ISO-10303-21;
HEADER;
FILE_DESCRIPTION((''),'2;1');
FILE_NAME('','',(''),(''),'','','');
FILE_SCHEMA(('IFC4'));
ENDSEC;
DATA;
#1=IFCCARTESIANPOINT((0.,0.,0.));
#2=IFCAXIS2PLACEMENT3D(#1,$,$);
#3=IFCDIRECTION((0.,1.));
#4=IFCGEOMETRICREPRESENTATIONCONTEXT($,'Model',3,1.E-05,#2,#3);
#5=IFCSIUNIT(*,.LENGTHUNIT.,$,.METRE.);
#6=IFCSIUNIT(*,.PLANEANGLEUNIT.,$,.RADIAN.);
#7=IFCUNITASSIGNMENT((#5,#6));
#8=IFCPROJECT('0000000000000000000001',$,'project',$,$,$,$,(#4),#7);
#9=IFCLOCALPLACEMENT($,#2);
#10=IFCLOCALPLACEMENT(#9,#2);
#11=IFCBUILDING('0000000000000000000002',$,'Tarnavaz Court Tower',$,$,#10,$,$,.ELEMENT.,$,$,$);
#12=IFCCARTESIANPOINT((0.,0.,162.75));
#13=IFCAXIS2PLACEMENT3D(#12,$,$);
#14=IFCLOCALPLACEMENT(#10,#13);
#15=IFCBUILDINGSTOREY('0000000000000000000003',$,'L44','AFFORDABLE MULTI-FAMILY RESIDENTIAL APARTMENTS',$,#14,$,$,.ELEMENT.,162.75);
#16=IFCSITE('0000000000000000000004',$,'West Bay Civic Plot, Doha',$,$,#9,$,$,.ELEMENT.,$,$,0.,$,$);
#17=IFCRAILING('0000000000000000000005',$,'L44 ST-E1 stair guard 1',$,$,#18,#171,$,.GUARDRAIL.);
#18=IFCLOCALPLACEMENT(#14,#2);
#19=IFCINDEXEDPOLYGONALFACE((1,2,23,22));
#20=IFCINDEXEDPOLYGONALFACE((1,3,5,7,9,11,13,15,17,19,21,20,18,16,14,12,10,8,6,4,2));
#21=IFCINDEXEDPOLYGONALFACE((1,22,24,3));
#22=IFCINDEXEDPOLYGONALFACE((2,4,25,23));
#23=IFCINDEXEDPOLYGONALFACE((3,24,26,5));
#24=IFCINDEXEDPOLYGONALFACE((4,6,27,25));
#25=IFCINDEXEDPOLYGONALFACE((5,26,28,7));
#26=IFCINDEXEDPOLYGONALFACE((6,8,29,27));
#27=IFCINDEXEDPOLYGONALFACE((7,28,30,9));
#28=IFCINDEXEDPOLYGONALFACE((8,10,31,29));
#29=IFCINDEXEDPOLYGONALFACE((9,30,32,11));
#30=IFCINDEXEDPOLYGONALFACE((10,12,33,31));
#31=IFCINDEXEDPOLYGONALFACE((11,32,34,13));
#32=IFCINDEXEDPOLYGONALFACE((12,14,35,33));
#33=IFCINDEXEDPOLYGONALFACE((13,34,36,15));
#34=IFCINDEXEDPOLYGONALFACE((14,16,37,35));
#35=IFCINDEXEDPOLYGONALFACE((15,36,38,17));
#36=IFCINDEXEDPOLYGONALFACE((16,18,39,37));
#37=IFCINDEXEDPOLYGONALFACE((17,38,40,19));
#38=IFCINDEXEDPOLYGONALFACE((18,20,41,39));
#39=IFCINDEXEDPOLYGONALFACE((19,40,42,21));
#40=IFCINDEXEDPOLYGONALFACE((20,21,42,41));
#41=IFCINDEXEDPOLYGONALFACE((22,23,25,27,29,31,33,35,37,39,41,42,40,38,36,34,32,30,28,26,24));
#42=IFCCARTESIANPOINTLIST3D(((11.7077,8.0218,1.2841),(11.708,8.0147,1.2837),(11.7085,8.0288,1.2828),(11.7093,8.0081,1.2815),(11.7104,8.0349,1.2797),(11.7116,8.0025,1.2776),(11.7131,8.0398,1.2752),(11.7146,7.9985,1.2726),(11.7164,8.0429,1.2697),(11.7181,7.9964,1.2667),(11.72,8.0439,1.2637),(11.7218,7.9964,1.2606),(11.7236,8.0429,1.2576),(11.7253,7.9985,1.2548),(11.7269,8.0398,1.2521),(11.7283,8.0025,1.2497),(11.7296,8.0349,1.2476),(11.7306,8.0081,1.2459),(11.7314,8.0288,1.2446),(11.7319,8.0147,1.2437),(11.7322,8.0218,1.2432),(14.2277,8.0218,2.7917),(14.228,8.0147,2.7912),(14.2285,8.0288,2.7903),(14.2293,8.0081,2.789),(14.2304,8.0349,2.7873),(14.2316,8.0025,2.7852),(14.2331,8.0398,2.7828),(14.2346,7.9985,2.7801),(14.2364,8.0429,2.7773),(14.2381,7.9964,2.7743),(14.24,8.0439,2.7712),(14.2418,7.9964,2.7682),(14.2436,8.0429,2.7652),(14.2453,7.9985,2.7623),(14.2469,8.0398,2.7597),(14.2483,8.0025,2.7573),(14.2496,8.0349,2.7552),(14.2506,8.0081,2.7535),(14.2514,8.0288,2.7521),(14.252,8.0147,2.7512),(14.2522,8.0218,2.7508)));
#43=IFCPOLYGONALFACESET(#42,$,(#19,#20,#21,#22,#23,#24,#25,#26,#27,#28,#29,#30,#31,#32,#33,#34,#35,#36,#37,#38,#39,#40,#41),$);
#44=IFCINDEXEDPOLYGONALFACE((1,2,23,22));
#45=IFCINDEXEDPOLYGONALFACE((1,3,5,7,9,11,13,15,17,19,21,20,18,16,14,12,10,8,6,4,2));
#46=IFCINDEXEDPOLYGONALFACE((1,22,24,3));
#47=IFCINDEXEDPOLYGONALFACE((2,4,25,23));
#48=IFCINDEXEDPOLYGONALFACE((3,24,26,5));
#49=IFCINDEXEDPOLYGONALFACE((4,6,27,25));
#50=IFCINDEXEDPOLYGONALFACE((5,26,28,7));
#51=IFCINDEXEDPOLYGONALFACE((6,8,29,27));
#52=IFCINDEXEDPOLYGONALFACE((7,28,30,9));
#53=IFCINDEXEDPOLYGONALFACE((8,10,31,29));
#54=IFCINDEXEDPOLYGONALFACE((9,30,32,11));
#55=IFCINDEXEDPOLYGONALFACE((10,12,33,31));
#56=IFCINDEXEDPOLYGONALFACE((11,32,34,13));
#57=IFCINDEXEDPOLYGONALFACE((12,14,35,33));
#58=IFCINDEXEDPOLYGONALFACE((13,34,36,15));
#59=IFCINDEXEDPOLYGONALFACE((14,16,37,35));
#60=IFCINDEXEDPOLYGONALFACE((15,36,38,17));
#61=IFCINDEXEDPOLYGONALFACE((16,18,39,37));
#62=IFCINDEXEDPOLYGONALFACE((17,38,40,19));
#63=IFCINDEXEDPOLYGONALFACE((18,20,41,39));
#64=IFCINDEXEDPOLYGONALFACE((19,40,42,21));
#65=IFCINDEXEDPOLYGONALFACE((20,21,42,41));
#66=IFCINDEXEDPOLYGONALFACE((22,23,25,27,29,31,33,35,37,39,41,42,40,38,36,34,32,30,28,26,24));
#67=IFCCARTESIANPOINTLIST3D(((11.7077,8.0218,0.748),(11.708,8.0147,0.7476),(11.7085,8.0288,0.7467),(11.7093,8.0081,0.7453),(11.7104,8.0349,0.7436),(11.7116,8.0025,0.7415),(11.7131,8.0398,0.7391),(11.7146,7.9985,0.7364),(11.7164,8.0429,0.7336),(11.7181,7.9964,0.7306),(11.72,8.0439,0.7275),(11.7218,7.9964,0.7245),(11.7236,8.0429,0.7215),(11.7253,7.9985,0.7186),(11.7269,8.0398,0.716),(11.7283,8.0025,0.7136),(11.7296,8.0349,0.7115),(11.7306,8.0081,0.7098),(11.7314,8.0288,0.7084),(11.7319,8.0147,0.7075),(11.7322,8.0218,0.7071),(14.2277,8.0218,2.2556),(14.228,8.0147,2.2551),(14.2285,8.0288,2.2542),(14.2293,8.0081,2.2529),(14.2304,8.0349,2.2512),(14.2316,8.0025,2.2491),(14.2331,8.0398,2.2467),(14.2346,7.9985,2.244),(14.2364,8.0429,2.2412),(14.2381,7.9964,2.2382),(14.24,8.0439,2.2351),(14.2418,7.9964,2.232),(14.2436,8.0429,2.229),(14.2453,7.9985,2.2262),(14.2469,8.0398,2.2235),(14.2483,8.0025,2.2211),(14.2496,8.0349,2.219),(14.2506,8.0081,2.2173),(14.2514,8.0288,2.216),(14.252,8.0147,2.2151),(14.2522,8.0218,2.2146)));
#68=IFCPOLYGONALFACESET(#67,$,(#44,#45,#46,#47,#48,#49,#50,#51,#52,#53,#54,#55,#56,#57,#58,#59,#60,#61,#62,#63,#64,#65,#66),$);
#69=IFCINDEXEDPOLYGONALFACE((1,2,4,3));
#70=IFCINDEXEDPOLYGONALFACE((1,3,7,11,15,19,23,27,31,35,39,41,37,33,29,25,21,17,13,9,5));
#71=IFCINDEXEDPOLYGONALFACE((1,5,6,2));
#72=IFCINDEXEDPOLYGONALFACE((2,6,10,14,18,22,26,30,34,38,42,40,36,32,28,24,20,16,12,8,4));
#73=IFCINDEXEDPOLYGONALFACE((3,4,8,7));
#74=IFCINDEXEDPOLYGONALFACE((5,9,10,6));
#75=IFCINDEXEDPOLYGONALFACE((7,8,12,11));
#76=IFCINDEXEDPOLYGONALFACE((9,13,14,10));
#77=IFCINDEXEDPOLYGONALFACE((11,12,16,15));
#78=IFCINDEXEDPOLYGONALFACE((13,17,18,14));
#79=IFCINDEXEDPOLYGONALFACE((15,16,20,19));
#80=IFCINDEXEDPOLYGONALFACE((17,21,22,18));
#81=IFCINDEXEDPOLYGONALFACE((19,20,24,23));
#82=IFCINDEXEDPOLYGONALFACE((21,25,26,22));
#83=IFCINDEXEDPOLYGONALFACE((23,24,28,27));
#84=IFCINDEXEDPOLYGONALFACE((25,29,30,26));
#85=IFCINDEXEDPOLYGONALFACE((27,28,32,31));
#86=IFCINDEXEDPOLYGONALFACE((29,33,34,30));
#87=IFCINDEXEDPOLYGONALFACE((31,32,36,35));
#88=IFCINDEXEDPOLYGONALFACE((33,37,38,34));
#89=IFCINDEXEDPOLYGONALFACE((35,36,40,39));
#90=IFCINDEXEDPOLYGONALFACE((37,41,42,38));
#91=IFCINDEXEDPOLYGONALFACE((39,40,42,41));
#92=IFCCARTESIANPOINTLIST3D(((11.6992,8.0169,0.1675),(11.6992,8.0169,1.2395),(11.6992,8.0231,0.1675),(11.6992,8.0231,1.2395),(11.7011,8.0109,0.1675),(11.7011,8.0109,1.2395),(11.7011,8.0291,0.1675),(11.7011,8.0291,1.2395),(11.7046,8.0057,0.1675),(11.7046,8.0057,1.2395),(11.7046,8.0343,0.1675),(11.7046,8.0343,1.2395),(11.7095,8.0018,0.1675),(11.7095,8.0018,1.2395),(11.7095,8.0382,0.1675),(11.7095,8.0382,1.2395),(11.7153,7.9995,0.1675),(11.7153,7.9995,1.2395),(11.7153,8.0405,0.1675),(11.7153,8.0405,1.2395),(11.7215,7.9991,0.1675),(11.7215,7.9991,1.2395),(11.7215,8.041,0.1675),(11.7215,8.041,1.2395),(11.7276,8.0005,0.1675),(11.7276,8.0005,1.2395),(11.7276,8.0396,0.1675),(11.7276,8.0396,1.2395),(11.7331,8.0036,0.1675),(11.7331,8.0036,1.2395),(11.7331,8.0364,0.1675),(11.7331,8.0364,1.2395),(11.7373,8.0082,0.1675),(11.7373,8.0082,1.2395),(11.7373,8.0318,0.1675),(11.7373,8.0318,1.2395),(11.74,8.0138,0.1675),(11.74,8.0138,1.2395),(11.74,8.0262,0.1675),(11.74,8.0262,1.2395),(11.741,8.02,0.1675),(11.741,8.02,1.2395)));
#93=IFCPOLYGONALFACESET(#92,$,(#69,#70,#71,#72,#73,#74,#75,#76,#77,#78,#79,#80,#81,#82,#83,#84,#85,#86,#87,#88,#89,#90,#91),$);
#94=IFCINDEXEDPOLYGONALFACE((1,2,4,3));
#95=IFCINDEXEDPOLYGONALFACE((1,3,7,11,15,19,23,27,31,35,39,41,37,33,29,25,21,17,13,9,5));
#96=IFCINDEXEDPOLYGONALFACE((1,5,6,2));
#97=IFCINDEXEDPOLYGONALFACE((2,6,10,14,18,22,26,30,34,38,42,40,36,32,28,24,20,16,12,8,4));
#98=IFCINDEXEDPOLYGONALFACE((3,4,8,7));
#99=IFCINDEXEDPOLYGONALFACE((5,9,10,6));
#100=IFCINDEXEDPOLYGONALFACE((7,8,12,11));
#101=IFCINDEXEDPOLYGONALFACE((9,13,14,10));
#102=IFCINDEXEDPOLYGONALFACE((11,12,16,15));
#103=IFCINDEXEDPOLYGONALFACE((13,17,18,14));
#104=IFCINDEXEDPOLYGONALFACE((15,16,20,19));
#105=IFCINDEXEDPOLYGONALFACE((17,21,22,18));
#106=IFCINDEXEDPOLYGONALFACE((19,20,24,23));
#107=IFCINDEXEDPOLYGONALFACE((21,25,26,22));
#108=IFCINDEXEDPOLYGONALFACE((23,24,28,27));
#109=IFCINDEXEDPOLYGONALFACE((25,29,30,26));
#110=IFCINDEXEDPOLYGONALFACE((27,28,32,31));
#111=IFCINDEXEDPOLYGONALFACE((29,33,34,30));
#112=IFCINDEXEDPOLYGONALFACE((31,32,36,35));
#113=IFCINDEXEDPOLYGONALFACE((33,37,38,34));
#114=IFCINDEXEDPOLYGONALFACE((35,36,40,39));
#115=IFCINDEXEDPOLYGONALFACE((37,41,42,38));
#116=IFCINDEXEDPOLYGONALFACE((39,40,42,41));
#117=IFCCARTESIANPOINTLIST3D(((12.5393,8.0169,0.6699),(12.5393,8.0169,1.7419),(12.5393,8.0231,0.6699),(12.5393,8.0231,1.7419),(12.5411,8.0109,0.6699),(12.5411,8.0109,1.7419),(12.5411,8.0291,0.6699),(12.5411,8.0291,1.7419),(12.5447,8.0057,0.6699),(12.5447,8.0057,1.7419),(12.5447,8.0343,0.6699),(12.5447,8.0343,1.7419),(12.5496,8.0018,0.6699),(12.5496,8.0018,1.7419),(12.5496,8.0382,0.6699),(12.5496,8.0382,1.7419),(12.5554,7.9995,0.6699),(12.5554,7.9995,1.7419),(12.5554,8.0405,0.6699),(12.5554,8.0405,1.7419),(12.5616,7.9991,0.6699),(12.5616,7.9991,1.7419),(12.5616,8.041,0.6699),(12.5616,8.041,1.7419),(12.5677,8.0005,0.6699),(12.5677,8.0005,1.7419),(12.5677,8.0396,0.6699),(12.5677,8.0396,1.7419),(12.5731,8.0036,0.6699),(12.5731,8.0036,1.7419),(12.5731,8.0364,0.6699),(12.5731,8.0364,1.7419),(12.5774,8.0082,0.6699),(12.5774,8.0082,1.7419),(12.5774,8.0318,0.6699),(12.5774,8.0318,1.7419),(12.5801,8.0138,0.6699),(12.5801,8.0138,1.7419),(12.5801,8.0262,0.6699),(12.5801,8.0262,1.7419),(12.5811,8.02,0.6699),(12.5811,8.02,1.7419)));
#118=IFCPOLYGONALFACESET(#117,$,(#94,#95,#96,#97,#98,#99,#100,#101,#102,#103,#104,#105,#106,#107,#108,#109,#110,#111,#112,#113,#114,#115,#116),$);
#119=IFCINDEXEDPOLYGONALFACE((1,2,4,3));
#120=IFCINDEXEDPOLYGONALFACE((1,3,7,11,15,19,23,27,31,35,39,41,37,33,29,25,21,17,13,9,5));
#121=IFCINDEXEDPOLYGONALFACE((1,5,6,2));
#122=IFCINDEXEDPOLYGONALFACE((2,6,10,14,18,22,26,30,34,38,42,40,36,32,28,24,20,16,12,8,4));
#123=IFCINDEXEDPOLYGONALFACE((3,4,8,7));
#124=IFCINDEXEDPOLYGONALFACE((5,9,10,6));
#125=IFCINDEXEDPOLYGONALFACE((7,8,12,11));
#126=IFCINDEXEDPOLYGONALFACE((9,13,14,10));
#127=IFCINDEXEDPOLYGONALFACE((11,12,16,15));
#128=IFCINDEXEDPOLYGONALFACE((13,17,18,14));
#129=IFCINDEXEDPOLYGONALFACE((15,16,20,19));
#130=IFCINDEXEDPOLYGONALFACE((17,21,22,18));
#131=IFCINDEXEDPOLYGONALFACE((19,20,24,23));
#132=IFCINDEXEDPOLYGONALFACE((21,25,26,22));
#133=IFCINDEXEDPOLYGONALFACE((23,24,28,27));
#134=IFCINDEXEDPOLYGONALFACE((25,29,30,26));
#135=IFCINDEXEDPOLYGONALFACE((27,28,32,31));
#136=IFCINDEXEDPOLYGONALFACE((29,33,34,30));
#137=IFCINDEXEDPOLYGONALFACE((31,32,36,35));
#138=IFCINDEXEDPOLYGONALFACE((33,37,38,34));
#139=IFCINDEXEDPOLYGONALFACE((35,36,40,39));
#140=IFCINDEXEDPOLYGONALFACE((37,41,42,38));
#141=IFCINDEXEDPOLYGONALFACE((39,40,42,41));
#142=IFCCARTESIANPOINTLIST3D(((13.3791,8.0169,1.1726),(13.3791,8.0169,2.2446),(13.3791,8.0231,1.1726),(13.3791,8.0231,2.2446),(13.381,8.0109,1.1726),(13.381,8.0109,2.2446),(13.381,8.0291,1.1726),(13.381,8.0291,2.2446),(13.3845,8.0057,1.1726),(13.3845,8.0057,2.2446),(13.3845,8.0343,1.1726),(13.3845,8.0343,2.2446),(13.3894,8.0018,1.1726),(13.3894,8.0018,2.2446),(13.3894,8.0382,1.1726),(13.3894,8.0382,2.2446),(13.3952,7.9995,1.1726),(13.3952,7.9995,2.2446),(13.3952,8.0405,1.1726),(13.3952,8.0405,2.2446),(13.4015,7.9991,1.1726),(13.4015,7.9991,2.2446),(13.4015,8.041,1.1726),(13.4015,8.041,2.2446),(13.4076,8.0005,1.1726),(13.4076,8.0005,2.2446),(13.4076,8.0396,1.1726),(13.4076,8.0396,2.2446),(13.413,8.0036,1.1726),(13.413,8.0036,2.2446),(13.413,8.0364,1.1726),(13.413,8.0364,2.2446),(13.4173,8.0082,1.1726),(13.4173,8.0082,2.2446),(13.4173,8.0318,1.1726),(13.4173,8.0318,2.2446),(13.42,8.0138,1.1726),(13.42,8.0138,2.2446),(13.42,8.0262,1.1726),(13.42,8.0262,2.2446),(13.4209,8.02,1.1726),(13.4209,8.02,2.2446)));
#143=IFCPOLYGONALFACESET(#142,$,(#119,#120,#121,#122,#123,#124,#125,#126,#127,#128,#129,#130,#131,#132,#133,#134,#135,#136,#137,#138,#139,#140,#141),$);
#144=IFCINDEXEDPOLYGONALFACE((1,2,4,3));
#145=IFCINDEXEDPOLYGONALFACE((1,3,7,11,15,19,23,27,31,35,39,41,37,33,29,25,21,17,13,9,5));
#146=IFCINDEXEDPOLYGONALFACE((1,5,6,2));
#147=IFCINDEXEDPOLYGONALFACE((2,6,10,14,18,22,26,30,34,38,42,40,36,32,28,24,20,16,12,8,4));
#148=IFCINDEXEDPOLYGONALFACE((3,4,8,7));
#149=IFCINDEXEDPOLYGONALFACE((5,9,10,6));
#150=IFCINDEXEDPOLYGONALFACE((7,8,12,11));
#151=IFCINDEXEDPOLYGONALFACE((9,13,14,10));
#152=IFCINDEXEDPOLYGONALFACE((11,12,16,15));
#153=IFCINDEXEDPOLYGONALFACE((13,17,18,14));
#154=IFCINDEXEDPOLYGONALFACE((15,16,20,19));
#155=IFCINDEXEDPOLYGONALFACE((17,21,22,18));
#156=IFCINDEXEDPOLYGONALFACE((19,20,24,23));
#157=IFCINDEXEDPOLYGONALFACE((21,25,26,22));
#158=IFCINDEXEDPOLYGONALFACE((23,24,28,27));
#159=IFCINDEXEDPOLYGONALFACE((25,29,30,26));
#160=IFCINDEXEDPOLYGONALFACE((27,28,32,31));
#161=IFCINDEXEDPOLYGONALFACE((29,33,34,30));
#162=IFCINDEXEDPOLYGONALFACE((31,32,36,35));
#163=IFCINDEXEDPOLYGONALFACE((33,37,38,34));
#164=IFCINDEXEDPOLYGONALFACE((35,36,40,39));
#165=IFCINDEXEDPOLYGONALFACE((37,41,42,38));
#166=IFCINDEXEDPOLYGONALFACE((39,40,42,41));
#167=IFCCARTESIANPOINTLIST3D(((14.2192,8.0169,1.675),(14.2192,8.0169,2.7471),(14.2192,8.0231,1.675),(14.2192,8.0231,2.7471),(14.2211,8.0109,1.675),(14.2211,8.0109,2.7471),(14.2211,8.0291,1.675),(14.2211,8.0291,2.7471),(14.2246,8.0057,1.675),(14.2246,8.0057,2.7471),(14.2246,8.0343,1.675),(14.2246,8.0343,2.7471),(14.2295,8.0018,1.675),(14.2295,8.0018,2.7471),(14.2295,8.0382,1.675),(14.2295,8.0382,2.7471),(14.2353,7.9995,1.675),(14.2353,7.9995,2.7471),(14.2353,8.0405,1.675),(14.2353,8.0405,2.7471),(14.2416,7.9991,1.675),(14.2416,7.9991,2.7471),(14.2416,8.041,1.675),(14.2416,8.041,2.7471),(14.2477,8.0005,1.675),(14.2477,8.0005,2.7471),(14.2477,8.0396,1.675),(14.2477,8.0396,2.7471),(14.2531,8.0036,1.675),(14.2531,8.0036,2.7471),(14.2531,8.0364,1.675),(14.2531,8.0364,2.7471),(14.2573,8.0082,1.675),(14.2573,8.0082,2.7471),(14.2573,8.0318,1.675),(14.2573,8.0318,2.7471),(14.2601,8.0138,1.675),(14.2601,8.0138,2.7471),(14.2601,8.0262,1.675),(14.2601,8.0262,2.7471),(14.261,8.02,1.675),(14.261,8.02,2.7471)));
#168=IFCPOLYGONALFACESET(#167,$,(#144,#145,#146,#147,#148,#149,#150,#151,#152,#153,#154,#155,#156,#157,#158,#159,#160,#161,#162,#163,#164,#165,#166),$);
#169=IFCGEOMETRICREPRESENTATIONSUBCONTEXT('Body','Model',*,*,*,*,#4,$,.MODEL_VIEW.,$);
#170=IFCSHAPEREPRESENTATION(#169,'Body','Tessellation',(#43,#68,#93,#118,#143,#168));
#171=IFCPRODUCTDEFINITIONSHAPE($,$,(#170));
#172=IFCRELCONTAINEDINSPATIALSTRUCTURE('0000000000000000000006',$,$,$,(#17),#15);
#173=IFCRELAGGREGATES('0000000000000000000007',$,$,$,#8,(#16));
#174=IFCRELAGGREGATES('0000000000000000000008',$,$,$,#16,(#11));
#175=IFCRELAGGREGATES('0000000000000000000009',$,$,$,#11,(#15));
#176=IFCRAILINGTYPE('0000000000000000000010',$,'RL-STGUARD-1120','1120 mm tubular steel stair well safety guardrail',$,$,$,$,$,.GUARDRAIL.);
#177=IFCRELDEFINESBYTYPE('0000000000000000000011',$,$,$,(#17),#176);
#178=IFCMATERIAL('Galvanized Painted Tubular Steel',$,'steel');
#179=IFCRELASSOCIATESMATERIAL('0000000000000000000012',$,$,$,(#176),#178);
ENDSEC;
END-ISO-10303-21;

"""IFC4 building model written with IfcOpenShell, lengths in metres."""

from ifc_helpers import new_model, si_unit, direction, frame, origin, origin_2d, place, context, subcontext, project, spatial, circle, extrude, material, type_object, element, save


model = new_model("IFC4")

# Units and contexts
model_context = context("Model", 3, precision=1e-05, world=origin(), true_north=direction((0.0, 1.0)))
body_context = subcontext(model_context, "Body", "Model", "MODEL_VIEW")
ifc_project = project(units=[si_unit("LENGTHUNIT", "METRE"), si_unit("PLANEANGLEUNIT", "RADIAN")], contexts=[model_context])

# Site, building, storey
site_placement = place(None, origin())
site = spatial("IfcSite", under=ifc_project, at=site_placement, Name="West Bay Civic Plot, Doha", CompositionType="ELEMENT", RefElevation=0.0)
building_placement = place(site_placement, origin())
building = spatial("IfcBuilding", under=site, at=building_placement, Name="Tarnavaz Court Tower", CompositionType="ELEMENT")
storey_placement = place(building_placement, frame((0.0, 0.0, 162.75)))
storey = spatial("IfcBuildingStorey", under=building, at=storey_placement, Name="L44", Description="AFFORDABLE MULTI-FAMILY RESIDENTIAL APARTMENTS", CompositionType="ELEMENT", Elevation=162.75)

# Railing
ifc_material_1 = material(Name="Galvanized Painted Tubular Steel", Category="steel")
railing_type_1 = type_object("IfcRailingType", Name="RL-STGUARD-1120", Description="1120 mm tubular steel stair well safety guardrail", PredefinedType="GUARDRAIL", material=ifc_material_1)
railing_1_placement = place(storey_placement, frame((11.72, 8.02, 0.1675)))
element("IfcRailing", 1, at=railing_1_placement, inside=storey, type_object=railing_type_1, Name="L44 ST-E1 stair guard 1", PredefinedType="GUARDRAIL", context=body_context, shape_type="SweptSolid", body=[
    extrude(circle(Radius=0.0239, at=origin_2d()), frame((0.0, 0.0, 1.0962), z_axis=(0.85816, 0.0, 0.513383), x_axis=(0.0, 1.0, 0.0)), (0.0, 0.0, 1.0), 2.9365),
    extrude(circle(Radius=0.0239, at=origin_2d()), frame((0.0, 0.0, 0.5601), z_axis=(0.85816, 0.0, 0.513383), x_axis=(0.0, 1.0, 0.0)), (0.0, 0.0, 1.0), 2.9365),
    extrude(circle(Radius=0.021, at=origin_2d()), origin(), (0.0, 0.0, 1.0), 1.072),
    extrude(circle(Radius=0.021, at=origin_2d()), frame((0.8401, 0.0, 0.5024)), (0.0, 0.0, 1.0), 1.072),
    extrude(circle(Radius=0.021, at=origin_2d()), frame((1.6799, 0.0, 1.0051)), (0.0, 0.0, 1.0), 1.072),
    extrude(circle(Radius=0.021, at=origin_2d()), frame((2.52, 0.0, 1.5076)), (0.0, 0.0, 1.0), 1.072),
])

save(model, "model.ifc")
